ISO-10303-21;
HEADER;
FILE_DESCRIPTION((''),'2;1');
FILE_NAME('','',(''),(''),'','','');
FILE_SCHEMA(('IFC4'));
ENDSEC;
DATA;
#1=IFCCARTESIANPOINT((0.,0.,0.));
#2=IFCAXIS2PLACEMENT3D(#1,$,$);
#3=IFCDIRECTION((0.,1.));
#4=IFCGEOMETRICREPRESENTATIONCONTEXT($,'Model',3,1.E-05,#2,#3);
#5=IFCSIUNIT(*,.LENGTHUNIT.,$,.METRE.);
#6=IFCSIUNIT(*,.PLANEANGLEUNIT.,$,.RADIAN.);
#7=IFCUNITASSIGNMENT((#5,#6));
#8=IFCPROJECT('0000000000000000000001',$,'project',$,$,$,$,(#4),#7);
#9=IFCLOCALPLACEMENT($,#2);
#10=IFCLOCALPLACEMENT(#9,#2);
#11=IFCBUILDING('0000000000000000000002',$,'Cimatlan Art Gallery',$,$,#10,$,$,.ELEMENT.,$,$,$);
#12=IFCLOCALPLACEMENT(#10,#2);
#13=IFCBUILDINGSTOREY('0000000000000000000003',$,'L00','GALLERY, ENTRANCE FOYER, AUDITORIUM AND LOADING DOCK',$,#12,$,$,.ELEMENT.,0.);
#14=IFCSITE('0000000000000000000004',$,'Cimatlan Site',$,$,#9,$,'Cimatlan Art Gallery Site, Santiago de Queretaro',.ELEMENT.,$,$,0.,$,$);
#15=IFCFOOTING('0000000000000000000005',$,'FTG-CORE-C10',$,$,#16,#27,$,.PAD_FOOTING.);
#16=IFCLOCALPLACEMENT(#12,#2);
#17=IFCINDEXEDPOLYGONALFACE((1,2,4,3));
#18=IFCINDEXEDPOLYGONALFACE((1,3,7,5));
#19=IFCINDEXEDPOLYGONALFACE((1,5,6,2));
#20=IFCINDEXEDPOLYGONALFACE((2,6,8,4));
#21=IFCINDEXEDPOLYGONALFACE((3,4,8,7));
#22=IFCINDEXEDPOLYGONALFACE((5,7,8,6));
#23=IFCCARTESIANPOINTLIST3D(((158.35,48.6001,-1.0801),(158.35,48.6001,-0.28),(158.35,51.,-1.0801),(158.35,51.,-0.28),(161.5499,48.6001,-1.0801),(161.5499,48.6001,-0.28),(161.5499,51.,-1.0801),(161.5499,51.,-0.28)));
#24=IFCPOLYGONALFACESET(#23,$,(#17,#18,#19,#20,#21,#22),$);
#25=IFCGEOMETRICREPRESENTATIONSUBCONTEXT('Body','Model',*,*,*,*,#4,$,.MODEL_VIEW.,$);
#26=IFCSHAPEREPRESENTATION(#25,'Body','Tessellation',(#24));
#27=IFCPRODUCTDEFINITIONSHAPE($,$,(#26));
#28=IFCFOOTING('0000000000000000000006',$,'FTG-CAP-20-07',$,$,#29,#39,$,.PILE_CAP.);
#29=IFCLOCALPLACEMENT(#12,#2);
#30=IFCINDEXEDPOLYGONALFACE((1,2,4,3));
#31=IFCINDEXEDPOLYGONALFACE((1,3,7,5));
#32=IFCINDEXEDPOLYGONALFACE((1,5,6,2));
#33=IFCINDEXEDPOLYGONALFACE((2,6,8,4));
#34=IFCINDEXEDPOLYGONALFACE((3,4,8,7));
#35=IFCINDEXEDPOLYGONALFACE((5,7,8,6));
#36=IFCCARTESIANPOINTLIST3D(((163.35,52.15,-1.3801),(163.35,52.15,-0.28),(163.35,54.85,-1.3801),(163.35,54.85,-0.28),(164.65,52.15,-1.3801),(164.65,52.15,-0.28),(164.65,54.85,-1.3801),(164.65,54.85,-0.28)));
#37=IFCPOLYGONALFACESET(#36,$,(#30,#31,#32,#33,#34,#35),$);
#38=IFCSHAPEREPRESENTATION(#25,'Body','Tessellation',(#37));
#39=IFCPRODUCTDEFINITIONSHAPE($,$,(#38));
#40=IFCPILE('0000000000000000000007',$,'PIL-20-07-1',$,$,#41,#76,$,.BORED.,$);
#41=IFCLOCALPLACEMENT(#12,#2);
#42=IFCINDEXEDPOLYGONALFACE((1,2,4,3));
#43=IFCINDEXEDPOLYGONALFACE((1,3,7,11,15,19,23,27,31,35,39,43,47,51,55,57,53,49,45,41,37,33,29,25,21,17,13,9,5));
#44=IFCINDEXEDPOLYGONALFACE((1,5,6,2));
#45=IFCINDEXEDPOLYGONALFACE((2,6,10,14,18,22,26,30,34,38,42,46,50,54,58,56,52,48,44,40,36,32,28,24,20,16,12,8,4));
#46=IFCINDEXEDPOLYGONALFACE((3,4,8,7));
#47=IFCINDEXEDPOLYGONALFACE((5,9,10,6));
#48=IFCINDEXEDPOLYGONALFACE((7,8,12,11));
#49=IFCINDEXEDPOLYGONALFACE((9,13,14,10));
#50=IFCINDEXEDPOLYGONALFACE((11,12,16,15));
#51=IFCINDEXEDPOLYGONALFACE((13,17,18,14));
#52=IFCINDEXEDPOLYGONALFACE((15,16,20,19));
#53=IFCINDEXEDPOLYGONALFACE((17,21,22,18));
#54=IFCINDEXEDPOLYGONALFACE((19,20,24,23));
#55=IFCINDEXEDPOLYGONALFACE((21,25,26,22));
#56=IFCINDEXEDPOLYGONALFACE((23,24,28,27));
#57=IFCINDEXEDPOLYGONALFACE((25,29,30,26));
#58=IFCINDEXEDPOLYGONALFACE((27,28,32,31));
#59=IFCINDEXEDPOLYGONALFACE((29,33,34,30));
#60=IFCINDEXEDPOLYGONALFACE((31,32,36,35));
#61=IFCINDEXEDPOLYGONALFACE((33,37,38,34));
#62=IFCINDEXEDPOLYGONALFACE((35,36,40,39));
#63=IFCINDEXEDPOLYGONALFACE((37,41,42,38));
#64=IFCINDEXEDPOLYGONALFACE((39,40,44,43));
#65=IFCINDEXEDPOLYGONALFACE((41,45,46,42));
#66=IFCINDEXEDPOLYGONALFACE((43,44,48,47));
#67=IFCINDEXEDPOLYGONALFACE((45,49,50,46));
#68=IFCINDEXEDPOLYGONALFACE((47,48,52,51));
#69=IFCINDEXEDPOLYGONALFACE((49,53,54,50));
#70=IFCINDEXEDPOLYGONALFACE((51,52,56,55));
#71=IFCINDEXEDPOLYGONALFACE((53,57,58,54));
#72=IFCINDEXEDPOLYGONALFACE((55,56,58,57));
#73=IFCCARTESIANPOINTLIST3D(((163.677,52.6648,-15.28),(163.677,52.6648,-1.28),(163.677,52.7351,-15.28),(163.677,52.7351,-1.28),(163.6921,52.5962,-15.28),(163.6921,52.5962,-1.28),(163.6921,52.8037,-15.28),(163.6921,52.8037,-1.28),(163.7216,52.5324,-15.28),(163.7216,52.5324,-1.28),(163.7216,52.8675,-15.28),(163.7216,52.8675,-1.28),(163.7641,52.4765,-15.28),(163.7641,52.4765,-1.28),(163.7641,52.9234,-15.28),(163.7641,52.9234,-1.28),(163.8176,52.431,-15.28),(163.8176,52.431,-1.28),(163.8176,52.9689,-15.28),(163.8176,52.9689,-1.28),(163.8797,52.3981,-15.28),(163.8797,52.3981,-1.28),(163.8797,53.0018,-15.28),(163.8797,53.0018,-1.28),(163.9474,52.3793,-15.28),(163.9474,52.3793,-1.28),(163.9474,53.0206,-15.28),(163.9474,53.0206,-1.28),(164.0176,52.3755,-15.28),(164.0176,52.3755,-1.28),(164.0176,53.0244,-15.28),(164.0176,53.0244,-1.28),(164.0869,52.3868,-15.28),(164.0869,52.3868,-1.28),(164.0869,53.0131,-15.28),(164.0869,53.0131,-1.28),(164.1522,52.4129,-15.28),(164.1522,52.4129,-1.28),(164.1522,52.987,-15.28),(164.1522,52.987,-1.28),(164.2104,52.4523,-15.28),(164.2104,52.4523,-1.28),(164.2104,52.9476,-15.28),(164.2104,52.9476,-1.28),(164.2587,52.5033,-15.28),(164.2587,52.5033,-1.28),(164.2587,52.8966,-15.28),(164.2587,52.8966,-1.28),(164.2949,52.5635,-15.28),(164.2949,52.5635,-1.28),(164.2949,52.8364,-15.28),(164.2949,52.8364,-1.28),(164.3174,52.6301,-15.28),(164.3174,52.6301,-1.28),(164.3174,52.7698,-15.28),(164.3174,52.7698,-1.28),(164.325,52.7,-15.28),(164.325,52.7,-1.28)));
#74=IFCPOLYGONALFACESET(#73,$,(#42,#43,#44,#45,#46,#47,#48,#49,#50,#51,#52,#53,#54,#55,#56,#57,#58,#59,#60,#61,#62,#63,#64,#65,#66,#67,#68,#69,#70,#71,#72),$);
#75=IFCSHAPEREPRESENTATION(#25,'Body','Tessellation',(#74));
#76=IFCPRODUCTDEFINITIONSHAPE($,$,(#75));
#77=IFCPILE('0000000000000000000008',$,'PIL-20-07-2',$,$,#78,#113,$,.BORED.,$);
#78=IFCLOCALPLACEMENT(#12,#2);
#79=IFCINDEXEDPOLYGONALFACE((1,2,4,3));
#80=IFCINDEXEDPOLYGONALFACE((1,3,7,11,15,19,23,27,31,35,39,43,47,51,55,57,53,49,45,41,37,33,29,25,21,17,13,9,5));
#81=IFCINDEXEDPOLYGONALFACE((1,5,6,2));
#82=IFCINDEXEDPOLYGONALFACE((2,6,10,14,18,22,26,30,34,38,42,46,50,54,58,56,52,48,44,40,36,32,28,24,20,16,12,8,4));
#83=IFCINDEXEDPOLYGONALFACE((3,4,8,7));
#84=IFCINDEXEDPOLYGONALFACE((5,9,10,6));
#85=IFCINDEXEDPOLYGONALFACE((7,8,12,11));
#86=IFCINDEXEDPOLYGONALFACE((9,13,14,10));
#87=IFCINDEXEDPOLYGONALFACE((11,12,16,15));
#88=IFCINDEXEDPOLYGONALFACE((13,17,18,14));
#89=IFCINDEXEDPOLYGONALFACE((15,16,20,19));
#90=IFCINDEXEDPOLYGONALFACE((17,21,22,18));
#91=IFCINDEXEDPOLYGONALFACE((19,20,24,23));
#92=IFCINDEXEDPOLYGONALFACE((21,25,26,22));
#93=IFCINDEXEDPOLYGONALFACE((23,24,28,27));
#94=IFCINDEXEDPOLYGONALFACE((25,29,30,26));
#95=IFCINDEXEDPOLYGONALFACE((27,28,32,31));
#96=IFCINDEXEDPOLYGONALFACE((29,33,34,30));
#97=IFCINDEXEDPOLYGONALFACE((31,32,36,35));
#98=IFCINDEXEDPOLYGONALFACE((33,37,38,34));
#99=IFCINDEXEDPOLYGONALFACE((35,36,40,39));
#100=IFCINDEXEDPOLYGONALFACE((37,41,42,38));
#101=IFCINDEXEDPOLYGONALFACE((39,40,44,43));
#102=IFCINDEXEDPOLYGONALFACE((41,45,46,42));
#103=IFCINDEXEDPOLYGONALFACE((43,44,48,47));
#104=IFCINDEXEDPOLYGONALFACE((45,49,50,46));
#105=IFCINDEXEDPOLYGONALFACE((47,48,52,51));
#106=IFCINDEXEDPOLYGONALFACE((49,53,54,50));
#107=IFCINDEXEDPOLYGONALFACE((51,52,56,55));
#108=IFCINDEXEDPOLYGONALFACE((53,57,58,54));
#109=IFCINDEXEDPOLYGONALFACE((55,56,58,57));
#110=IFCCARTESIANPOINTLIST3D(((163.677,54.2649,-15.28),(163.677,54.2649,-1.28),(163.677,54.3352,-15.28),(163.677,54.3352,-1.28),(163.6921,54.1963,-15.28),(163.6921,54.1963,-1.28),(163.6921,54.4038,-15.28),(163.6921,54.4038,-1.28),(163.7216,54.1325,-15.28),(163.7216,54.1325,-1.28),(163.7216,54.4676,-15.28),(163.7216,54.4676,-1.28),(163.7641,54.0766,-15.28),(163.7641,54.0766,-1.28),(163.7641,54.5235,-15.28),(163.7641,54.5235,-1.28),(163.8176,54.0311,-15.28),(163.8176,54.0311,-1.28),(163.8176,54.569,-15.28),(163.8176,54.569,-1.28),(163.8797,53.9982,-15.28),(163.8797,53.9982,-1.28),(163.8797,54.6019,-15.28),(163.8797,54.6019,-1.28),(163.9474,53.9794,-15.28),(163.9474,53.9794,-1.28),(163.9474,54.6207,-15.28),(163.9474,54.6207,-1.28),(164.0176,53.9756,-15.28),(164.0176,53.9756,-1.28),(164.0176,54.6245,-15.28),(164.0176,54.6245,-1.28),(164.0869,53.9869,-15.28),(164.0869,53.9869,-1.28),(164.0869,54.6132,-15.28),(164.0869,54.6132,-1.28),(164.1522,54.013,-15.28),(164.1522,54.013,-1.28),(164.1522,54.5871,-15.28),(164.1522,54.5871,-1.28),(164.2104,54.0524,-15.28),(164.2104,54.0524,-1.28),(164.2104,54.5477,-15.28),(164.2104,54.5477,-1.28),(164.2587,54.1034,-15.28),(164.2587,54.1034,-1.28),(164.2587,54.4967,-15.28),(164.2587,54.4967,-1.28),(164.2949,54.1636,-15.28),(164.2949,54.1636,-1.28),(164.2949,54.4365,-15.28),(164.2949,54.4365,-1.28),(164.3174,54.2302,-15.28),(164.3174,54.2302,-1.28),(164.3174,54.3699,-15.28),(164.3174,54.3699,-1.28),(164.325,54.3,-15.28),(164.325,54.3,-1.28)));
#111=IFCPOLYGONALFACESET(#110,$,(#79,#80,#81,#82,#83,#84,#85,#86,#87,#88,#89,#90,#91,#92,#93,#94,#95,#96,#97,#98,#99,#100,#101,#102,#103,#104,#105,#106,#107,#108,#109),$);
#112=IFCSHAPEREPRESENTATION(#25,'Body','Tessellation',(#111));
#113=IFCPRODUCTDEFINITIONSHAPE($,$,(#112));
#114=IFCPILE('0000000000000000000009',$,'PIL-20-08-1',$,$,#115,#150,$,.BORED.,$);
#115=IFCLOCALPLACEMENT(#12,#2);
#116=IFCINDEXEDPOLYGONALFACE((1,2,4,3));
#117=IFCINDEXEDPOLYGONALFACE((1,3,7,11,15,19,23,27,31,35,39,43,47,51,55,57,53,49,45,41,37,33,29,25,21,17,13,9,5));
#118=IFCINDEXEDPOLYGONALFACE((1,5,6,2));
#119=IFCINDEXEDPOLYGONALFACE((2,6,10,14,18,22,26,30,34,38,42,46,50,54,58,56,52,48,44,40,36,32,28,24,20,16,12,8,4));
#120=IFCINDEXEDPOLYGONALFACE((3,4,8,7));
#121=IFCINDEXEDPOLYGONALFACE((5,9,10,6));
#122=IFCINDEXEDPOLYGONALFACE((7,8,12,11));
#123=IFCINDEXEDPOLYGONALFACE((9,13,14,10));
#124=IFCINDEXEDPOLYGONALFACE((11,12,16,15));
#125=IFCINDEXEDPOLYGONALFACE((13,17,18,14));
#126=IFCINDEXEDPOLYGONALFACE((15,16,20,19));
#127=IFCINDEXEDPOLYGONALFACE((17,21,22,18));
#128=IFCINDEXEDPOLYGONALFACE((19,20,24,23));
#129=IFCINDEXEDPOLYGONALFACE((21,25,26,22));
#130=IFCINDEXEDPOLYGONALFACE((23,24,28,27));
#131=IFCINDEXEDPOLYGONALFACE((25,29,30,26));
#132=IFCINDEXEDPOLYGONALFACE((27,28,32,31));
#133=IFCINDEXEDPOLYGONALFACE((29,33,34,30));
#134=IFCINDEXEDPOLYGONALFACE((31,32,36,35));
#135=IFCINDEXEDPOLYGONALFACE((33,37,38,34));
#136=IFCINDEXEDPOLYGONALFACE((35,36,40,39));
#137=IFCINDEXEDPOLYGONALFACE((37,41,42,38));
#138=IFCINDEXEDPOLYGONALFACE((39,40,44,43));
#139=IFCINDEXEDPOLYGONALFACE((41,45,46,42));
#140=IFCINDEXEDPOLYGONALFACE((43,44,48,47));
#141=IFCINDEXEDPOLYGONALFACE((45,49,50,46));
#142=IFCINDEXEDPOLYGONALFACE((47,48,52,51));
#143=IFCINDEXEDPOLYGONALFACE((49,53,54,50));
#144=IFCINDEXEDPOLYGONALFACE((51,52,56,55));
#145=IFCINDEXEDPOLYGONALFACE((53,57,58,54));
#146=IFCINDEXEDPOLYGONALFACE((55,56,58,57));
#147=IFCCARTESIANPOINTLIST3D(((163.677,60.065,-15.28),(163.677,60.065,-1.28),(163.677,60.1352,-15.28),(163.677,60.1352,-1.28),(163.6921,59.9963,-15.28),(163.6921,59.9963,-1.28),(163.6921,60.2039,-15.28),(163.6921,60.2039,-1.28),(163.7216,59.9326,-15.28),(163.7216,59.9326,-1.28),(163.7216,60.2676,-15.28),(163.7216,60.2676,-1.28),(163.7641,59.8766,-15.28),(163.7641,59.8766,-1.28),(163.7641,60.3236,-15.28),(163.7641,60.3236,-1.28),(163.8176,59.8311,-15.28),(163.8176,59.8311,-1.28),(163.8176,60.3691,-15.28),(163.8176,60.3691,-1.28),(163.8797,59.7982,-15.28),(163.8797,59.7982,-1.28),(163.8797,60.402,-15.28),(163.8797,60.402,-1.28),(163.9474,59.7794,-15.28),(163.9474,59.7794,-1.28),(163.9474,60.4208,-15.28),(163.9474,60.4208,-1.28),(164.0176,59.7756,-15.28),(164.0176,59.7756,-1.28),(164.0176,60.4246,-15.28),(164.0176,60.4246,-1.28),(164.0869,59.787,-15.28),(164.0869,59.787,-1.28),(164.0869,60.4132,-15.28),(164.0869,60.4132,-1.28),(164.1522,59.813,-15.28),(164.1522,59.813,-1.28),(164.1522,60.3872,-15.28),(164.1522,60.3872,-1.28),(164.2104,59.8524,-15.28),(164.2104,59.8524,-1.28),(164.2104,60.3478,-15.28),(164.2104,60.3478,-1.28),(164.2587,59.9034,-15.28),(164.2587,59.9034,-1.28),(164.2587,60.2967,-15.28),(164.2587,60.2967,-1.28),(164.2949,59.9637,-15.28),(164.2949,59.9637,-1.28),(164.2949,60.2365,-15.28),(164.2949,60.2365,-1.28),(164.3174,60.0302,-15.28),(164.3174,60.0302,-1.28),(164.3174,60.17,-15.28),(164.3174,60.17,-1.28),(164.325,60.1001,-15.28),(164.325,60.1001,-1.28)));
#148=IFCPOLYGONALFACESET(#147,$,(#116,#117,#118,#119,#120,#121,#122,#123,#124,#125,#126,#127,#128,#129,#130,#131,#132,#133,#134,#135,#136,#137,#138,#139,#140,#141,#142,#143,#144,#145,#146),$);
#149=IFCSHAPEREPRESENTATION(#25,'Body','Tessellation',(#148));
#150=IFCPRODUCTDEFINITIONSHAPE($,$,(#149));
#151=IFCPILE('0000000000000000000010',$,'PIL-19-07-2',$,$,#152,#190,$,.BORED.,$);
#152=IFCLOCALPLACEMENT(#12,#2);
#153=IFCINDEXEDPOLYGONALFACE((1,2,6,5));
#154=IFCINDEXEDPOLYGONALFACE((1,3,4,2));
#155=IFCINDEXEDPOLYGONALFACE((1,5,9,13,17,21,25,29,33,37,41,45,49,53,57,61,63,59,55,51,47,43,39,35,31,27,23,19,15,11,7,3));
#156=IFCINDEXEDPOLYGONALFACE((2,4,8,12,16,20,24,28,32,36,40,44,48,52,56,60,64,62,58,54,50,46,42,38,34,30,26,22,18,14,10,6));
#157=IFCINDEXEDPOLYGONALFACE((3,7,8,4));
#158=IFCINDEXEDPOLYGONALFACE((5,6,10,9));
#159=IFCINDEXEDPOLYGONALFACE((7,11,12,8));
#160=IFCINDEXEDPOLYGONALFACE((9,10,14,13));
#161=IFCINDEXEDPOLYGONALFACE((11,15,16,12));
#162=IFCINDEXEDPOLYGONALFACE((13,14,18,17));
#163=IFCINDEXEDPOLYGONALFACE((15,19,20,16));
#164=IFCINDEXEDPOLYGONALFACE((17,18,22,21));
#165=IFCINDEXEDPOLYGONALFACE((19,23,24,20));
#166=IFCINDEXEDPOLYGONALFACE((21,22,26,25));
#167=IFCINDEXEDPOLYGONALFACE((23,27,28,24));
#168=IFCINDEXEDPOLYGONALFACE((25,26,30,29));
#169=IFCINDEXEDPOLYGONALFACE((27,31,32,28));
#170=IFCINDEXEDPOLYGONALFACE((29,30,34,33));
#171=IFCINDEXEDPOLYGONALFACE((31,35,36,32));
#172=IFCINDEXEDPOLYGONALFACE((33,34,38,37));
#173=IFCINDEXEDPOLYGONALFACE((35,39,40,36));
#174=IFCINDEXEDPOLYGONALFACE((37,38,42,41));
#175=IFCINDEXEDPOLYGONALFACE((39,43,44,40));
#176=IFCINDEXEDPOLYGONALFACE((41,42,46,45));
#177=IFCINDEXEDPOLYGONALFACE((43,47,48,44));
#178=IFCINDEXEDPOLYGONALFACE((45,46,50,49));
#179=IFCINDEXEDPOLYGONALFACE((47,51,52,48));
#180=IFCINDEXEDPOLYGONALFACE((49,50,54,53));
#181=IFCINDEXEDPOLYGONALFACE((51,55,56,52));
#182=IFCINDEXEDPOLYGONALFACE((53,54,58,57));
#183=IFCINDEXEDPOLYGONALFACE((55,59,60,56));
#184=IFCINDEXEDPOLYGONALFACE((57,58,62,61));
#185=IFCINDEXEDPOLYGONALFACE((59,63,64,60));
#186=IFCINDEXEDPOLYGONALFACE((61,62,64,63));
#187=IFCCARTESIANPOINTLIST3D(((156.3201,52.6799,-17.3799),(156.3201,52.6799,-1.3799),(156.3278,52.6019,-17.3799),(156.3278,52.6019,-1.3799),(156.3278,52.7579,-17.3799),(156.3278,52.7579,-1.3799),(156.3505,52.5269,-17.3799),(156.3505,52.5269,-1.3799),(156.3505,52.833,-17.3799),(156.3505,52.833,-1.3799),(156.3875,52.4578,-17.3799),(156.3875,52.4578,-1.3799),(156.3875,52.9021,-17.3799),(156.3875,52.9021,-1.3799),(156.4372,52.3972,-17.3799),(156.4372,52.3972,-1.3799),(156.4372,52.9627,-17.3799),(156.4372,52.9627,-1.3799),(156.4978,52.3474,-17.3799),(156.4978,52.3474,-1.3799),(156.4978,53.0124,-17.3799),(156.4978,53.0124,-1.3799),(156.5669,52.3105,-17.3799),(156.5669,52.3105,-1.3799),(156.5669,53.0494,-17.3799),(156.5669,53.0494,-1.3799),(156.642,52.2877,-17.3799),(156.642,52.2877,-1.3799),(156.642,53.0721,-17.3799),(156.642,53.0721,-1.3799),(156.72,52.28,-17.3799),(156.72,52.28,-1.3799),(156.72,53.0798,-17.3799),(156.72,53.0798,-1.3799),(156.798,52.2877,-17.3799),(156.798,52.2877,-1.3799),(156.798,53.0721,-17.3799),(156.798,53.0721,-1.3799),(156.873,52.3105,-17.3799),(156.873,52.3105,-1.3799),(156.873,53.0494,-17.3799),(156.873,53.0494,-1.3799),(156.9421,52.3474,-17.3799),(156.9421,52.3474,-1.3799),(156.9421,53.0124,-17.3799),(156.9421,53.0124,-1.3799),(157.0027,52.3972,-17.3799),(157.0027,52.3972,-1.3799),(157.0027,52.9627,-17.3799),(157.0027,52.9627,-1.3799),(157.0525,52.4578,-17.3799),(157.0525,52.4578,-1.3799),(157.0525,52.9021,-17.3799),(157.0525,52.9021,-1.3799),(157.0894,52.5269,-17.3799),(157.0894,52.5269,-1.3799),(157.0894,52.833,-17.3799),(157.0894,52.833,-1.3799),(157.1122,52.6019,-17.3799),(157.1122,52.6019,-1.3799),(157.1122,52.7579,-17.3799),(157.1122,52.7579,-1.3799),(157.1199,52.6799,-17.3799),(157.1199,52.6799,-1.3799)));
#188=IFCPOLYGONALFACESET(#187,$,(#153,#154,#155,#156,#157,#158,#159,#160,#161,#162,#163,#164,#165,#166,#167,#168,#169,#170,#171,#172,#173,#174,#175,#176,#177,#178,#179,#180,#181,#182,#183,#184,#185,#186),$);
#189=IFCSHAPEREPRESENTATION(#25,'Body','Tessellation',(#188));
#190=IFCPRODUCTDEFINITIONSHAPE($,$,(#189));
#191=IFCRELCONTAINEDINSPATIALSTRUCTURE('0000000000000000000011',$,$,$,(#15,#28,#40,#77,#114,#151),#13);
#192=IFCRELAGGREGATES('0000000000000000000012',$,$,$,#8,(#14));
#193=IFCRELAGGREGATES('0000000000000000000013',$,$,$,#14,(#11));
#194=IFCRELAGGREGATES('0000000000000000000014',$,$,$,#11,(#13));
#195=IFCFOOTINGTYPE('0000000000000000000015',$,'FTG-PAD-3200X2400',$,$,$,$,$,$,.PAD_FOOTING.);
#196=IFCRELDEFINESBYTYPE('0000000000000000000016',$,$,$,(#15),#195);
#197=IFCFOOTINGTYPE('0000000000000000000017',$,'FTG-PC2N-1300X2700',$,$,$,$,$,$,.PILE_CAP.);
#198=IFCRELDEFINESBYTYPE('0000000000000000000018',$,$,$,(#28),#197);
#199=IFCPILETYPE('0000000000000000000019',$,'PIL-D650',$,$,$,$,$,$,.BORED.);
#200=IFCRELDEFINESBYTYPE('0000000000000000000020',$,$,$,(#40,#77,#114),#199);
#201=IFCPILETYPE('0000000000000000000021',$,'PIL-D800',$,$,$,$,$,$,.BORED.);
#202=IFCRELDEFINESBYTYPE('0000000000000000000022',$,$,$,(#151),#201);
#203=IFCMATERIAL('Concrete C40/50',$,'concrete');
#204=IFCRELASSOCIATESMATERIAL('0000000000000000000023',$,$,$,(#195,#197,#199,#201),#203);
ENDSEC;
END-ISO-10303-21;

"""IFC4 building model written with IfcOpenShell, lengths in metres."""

from ifc_helpers import new_model, si_unit, direction, frame, origin, origin_2d, place, context, subcontext, project, spatial, rectangle, circle, extrude, material, type_object, element, save


model = new_model("IFC4")

# Units and contexts
model_context = context("Model", 3, precision=1e-05, world=origin(), true_north=direction((0.0, 1.0)))
body_context = subcontext(model_context, "Body", "Model", "MODEL_VIEW")
ifc_project = project(units=[si_unit("LENGTHUNIT", "METRE"), si_unit("PLANEANGLEUNIT", "RADIAN")], contexts=[model_context])

# Site, building, storey
site_placement = place(None, origin())
site = spatial("IfcSite", under=ifc_project, at=site_placement, Name="Cimatlan Site", LongName="Cimatlan Art Gallery Site, Santiago de Queretaro", CompositionType="ELEMENT", RefElevation=0.0)
building_placement = place(site_placement, origin())
building = spatial("IfcBuilding", under=site, at=building_placement, Name="Cimatlan Art Gallery", CompositionType="ELEMENT")
storey_placement = place(building_placement, origin())
storey = spatial("IfcBuildingStorey", under=building, at=storey_placement, Name="L00", Description="GALLERY, ENTRANCE FOYER, AUDITORIUM AND LOADING DOCK", CompositionType="ELEMENT", Elevation=0.0)

# Footings
ifc_material_1 = material(Name="Concrete C40/50", Category="concrete")
footing_type_1 = type_object("IfcFootingType", Name="FTG-PAD-3200X2400", PredefinedType="PAD_FOOTING", material=ifc_material_1)
footing_1_placement = place(storey_placement, frame((159.95, 49.8, -1.0801), z_axis=(0.0, 0.0, 1.0), x_axis=(1.0, 0.0, 0.0)))
element("IfcFooting", 1, at=footing_1_placement, inside=storey, type_object=footing_type_1, Name="FTG-CORE-C10", PredefinedType="PAD_FOOTING", context=body_context, shape_type="SweptSolid", body=[
    extrude(rectangle(XDim=3.2, YDim=2.3999, at=origin_2d()), origin(), (0.0, 0.0, 1.0), 0.8),
])
footing_type_2 = type_object("IfcFootingType", Name="FTG-PC2N-1300X2700", PredefinedType="PILE_CAP", material=ifc_material_1)
footing_2_placement = place(storey_placement, frame((164.0, 53.5, -1.3801), z_axis=(0.0, 0.0, 1.0), x_axis=(1.0, 0.0, 0.0)))
element("IfcFooting", 2, at=footing_2_placement, inside=storey, type_object=footing_type_2, Name="FTG-CAP-20-07", PredefinedType="PILE_CAP", context=body_context, shape_type="SweptSolid", body=[
    extrude(rectangle(XDim=1.3, YDim=2.7, at=origin_2d()), origin(), (0.0, 0.0, 1.0), 1.1001),
])

# Piles
pile_type_1 = type_object("IfcPileType", Name="PIL-D650", PredefinedType="BORED", material=ifc_material_1)
for number, where, z_axis, x_axis, name in (
    (3, (164.0, 52.7, -1.28), (0.0, 0.0, -1.0), (1.0, 0.0, 0.0), "PIL-20-07-1"),
    (4, (164.0, 54.3, -1.28), (0.0, 0.0, -1.0), (1.0, 0.0, 0.0), "PIL-20-07-2"),
    (5, (164.0, 60.1001, -1.28), (0.0, 0.0, -1.0), (1.0, 0.0, 0.0), "PIL-20-08-1"),
):
    element("IfcPile", number, at=place(storey_placement, frame(where, z_axis=z_axis, x_axis=x_axis)), inside=storey, type_object=pile_type_1, Name=name, PredefinedType="BORED", context=body_context, shape_type="SweptSolid", body=[
        extrude(circle(Radius=0.325, at=origin_2d()), origin(), (0.0, 0.0, 1.0), 14.0),
    ])
pile_type_2 = type_object("IfcPileType", Name="PIL-D800", PredefinedType="BORED", material=ifc_material_1)
for number, where, z_axis, x_axis, name in (
    (6, (156.72, 52.6799, -1.3799), (0.0, 0.0, -1.0), (1.0, 0.0, 0.0), "PIL-19-07-2"),
):
    element("IfcPile", number, at=place(storey_placement, frame(where, z_axis=z_axis, x_axis=x_axis)), inside=storey, type_object=pile_type_2, Name=name, PredefinedType="BORED", context=body_context, shape_type="SweptSolid", body=[
        extrude(circle(Radius=0.3999, at=origin_2d()), origin(), (0.0, 0.0, 1.0), 16.0),
    ])

save(model, "model.ifc")
